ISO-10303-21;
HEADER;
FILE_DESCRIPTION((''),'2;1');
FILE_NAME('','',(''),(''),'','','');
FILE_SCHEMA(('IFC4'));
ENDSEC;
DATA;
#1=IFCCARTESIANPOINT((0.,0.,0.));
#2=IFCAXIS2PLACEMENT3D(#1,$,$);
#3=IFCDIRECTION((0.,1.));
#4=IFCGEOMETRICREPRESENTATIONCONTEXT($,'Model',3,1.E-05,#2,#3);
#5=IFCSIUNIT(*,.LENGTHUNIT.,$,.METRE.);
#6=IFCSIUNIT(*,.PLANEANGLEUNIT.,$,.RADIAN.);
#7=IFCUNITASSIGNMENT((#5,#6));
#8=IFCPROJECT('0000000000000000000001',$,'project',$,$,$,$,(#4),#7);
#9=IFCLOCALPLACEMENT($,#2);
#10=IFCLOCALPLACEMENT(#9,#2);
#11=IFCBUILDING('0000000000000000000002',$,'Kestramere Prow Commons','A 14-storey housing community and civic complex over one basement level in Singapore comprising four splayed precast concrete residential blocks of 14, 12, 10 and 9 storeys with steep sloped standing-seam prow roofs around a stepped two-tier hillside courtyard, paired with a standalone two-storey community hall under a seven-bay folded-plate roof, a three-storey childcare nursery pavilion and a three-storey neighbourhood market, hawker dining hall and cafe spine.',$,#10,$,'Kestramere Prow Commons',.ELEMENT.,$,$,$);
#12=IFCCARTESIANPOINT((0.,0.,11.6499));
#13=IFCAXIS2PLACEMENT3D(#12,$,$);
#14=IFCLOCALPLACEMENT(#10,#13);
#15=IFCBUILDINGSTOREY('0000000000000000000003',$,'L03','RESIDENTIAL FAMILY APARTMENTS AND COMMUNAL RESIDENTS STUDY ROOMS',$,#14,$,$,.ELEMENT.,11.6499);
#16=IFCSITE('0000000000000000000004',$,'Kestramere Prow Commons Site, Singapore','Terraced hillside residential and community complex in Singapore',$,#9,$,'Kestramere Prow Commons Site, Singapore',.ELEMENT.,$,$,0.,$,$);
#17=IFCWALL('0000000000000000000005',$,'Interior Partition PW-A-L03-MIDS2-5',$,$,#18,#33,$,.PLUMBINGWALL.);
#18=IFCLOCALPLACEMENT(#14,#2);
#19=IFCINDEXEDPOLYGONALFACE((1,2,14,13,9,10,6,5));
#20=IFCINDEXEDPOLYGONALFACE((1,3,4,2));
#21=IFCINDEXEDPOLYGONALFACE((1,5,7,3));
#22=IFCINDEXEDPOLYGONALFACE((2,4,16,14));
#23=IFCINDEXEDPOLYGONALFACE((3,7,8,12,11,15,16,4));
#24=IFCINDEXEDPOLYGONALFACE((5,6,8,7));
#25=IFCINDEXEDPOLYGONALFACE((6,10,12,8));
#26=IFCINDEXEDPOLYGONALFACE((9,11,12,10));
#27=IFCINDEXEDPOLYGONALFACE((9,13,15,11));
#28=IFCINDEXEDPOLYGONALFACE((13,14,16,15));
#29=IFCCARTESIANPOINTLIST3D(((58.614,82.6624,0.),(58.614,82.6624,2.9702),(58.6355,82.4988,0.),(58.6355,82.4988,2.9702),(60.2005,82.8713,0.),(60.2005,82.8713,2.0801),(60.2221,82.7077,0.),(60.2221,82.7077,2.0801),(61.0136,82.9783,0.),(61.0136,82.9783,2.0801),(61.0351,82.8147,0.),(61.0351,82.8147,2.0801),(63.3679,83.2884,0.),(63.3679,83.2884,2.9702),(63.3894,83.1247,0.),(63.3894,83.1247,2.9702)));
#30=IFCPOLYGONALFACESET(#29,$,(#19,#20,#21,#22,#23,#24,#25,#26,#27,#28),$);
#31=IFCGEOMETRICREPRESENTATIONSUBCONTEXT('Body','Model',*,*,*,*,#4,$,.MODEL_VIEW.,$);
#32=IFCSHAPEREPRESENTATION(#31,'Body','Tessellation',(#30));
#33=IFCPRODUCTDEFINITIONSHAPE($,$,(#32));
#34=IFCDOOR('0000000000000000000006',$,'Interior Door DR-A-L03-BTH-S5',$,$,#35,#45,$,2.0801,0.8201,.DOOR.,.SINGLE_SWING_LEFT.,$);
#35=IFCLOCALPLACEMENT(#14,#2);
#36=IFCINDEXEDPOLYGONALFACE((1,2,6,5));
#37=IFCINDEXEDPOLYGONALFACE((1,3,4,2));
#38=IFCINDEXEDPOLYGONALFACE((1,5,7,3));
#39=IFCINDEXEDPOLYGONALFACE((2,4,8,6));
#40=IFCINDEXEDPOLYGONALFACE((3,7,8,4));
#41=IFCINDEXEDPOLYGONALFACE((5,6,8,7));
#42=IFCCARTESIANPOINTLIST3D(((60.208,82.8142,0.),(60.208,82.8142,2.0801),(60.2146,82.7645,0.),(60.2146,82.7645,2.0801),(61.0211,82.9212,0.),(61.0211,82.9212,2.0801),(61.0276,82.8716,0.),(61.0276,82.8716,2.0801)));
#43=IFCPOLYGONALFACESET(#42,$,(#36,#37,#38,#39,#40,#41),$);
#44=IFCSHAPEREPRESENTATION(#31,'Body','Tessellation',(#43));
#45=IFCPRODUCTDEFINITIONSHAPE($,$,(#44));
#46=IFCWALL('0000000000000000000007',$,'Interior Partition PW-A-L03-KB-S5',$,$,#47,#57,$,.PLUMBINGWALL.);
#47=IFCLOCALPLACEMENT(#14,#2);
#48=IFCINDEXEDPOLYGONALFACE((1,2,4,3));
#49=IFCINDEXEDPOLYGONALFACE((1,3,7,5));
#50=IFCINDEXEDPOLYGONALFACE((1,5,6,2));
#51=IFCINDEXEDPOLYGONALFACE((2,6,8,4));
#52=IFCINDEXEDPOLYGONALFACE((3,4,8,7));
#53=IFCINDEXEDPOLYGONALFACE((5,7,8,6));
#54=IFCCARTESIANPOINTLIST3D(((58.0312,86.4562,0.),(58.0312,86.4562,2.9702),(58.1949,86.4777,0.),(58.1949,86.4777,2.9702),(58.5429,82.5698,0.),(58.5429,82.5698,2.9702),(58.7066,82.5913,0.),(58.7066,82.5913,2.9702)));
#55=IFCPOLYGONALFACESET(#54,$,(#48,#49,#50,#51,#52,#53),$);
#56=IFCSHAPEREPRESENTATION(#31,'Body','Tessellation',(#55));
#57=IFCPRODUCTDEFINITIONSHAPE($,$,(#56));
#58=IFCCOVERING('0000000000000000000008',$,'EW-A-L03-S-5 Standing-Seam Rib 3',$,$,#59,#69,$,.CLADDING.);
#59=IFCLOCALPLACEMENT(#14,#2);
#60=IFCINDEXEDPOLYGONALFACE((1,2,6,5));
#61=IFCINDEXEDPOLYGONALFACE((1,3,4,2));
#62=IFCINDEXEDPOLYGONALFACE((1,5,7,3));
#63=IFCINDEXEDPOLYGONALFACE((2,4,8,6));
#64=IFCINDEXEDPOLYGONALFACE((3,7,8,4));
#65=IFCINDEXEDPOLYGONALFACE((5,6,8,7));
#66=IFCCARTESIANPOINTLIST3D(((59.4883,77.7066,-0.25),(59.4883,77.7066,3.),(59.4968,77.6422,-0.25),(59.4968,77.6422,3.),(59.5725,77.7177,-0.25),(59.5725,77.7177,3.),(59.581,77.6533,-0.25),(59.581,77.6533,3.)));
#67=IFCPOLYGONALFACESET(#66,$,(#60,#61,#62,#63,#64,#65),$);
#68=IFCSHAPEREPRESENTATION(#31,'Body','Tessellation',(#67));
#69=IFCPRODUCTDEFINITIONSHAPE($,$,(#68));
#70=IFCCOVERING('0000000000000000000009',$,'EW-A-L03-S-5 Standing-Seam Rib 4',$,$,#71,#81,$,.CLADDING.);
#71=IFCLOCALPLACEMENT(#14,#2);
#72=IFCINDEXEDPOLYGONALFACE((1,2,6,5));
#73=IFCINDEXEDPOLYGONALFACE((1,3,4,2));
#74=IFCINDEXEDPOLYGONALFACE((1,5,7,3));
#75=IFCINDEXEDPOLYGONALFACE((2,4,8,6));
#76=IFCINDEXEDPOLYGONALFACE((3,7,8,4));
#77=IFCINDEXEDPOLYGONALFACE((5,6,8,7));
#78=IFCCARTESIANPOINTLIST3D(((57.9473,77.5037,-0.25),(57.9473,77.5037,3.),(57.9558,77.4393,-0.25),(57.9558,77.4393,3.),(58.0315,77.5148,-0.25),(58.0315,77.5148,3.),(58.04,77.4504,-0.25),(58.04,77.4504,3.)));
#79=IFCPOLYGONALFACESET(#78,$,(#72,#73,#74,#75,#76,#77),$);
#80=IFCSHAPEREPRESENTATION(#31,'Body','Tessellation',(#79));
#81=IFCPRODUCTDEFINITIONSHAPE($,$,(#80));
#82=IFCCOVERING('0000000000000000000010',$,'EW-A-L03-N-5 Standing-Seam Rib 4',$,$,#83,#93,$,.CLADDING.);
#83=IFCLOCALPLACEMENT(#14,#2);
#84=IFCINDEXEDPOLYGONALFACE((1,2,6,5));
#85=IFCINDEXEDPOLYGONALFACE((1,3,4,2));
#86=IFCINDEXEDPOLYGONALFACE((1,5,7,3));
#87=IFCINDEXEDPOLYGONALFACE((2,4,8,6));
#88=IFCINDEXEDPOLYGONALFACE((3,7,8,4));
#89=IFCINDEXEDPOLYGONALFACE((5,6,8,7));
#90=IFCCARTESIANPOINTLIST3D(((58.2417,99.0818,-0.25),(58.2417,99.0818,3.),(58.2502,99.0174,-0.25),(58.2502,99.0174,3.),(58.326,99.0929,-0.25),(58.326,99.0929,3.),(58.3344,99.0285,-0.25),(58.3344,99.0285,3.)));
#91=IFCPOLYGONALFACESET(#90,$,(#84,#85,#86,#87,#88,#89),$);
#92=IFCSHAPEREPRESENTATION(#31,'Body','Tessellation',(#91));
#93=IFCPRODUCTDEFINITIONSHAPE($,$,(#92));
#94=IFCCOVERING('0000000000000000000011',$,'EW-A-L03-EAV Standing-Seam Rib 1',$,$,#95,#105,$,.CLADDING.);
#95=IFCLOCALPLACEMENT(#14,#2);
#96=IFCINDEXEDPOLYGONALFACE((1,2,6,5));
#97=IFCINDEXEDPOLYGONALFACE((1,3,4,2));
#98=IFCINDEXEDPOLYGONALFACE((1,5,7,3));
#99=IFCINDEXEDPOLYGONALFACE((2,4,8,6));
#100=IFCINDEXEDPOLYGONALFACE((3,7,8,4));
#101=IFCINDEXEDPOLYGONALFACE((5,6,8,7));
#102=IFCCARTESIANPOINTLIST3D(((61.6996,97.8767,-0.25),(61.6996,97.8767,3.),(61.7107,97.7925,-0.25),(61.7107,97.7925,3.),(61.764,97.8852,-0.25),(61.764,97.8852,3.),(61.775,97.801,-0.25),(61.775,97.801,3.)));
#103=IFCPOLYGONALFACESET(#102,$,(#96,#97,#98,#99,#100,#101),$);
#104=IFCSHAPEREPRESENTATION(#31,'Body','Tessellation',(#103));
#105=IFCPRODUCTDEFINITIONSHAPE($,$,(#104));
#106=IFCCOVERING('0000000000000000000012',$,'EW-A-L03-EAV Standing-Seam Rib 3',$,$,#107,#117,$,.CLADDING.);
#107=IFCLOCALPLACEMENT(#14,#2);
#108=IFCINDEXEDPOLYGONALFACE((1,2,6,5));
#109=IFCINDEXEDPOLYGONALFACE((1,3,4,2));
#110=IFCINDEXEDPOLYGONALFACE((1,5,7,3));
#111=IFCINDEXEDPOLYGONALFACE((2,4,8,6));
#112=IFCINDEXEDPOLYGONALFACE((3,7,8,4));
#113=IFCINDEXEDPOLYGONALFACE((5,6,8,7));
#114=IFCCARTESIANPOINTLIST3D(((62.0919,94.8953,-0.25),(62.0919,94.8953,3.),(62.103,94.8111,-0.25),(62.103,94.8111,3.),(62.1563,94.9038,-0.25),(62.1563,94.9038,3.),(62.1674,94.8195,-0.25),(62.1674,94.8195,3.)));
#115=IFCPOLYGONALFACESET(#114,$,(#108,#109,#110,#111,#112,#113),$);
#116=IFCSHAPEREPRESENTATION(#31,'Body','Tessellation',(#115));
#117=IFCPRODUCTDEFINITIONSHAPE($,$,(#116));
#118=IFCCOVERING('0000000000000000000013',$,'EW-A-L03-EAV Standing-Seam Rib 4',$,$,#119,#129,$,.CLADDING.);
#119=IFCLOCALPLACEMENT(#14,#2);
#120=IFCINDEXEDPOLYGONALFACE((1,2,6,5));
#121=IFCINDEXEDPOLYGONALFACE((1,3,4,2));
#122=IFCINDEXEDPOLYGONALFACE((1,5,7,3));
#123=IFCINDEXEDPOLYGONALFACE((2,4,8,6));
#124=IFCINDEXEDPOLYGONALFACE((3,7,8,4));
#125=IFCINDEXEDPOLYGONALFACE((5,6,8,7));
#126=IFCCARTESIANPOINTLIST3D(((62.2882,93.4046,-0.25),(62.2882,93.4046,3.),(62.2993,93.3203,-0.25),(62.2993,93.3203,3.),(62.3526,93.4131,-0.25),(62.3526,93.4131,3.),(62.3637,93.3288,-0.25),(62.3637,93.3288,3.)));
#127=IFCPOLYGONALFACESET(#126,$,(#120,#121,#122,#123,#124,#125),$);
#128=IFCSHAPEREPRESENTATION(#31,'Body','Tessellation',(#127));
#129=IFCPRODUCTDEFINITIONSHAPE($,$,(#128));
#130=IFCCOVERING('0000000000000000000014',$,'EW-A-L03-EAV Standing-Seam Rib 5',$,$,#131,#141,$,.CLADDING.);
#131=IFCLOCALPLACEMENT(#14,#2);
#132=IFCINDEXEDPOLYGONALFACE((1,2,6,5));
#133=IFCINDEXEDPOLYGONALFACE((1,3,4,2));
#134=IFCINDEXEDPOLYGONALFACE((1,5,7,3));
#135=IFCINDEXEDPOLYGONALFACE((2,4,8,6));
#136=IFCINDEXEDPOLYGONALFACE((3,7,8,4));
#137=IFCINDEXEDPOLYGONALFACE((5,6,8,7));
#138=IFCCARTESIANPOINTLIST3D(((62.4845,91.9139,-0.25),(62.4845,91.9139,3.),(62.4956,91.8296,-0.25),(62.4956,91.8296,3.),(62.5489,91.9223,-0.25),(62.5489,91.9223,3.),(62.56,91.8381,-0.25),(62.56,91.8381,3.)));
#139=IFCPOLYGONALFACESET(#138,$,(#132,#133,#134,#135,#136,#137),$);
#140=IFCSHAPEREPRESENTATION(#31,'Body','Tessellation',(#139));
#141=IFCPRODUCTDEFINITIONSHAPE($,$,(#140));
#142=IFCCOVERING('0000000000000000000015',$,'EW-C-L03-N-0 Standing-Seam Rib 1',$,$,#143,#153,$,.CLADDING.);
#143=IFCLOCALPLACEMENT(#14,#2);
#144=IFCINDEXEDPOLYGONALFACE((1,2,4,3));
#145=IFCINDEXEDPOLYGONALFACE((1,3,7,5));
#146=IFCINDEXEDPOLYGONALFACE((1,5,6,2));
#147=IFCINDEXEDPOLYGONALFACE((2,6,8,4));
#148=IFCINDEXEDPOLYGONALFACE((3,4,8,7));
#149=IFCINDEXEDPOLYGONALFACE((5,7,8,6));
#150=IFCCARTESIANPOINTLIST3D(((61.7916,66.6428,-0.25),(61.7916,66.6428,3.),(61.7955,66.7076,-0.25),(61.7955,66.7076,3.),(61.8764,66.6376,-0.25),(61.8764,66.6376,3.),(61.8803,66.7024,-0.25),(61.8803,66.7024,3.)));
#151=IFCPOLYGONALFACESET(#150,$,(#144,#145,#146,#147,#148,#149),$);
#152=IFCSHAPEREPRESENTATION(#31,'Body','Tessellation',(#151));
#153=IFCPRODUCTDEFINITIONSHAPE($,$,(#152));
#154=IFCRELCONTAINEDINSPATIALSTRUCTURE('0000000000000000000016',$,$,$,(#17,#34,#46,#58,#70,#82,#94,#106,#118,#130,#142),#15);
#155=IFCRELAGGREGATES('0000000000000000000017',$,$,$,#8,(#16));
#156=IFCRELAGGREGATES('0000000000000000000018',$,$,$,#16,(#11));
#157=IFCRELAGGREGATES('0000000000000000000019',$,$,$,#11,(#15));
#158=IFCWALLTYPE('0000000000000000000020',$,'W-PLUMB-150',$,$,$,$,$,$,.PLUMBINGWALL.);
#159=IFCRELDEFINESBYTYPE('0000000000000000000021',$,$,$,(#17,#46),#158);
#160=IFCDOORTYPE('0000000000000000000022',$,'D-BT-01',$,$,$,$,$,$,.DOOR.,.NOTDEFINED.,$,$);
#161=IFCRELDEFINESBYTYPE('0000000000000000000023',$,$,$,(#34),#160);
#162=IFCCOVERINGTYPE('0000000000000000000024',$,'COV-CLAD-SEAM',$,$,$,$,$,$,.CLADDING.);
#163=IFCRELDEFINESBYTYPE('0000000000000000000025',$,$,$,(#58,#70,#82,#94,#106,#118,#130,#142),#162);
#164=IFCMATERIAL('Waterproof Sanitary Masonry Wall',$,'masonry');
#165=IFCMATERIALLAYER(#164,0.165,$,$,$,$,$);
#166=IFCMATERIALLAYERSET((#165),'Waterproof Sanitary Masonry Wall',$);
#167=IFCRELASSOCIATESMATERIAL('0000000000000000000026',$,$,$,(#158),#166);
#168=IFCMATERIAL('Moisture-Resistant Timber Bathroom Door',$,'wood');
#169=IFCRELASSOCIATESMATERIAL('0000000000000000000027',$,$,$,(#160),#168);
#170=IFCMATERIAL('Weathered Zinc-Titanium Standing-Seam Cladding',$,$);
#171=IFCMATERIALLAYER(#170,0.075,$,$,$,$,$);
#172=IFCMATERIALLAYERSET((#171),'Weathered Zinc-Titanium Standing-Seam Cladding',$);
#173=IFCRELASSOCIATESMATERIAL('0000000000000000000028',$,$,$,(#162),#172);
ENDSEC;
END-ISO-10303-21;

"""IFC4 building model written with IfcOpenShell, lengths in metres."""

from ifc_helpers import new_model, si_unit, direction, frame, frame_2d, origin, origin_2d, place, context, subcontext, project, spatial, rectangle, extrude, material, layer, layer_set, type_object, element, fill, save


model = new_model("IFC4")

# Units and contexts
model_context = context("Model", 3, precision=1e-05, world=origin(), true_north=direction((0.0, 1.0)))
body_context = subcontext(model_context, "Body", "Model", "MODEL_VIEW")
ifc_project = project(units=[si_unit("LENGTHUNIT", "METRE"), si_unit("PLANEANGLEUNIT", "RADIAN")], contexts=[model_context])

# Site, building, storey
site_placement = place(None, origin())
site = spatial("IfcSite", under=ifc_project, at=site_placement, Name="Kestramere Prow Commons Site, Singapore", Description="Terraced hillside residential and community complex in Singapore", LongName="Kestramere Prow Commons Site, Singapore", CompositionType="ELEMENT", RefElevation=0.0)
building_placement = place(site_placement, origin())
building = spatial("IfcBuilding", under=site, at=building_placement, Name="Kestramere Prow Commons", Description="A 14-storey housing community and civic complex over one basement level in Singapore comprising four splayed precast concrete residential blocks of 14, 12, 10 and 9 storeys with steep sloped standing-seam prow roofs around a stepped two-tier hillside courtyard, paired with a standalone two-storey community hall under a seven-bay folded-plate roof, a three-storey childcare nursery pavilion and a three-storey neighbourhood market, hawker dining hall and cafe spine.", LongName="Kestramere Prow Commons", CompositionType="ELEMENT")
storey_placement = place(building_placement, frame((0.0, 0.0, 11.6499)))
storey = spatial("IfcBuildingStorey", under=building, at=storey_placement, Name="L03", Description="RESIDENTIAL FAMILY APARTMENTS AND COMMUNAL RESIDENTS STUDY ROOMS", CompositionType="ELEMENT", Elevation=11.6499)

# Wall, opening, door
ifc_material_1 = material(Name="Waterproof Sanitary Masonry Wall", Category="masonry")
ifc_layer_1 = layer(ifc_material_1, 0.165)
ifc_layer_set_1 = layer_set([ifc_layer_1], Name="Waterproof Sanitary Masonry Wall")
wall_type_1 = type_object("IfcWallType", Name="W-PLUMB-150", PredefinedType="PLUMBINGWALL", material=ifc_layer_set_1)
wall_1_placement = place(storey_placement, frame((58.6248, 82.5806, 0.0), z_axis=(0.0, 0.0, 1.0), x_axis=(0.991442, 0.130549, 0.0)))
wall_1 = element("IfcWall", 1, at=wall_1_placement, inside=storey, type_object=wall_type_1, Name="Interior Partition PW-A-L03-MIDS2-5", PredefinedType="PLUMBINGWALL", context=body_context, shape_type="SweptSolid", body=[
    extrude(rectangle(XDim=4.7949, YDim=0.165, at=frame_2d((2.3975, 0.0))), origin(), (0.0, 0.0, 1.0), 2.9702),
])
opening_1_placement = place(wall_1_placement, frame((1.6001, 0.0, 0.0)))
opening_1 = element("IfcOpeningElement", 2, at=opening_1_placement, cuts=wall_1, PredefinedType="OPENING", context=body_context, shape_type="SweptSolid", body=[
    extrude(rectangle(XDim=0.8201, YDim=2.0801, at=frame_2d((0.4102, 1.04))), frame((0.0, 0.0974, 0.0), z_axis=(0.0, -1.0, 0.0), x_axis=(1.0, 0.0, 0.0)), (0.0, 0.0, 1.0), 0.1951),
])
ifc_material_2 = material(Name="Moisture-Resistant Timber Bathroom Door", Category="wood")
door_type_1 = type_object("IfcDoorType", Name="D-BT-01", OperationType="NOTDEFINED", PredefinedType="DOOR", material=ifc_material_2)
door_1_placement = place(opening_1_placement, origin())
door_1 = element("IfcDoor", 3, at=door_1_placement, inside=storey, type_object=door_type_1, Name="Interior Door DR-A-L03-BTH-S5", OperationType="SINGLE_SWING_LEFT", OverallHeight=2.0801, OverallWidth=0.8201, PredefinedType="DOOR", context=body_context, shape_type="SweptSolid", body=[
    extrude(rectangle(XDim=0.8201, YDim=2.0801, at=frame_2d((0.4102, 1.04))), frame((0.0, 0.0249, 0.0), z_axis=(0.0, -1.0, 0.0), x_axis=(1.0, 0.0, 0.0)), (0.0, 0.0, 1.0), 0.05),
])
fill(opening_1, door_1)

# Wall
wall_2_placement = place(storey_placement, frame((58.6248, 82.5806, 0.0), z_axis=(0.0, 0.0, 1.0), x_axis=(-0.13054, 0.991443, 0.0)))
element("IfcWall", 4, at=wall_2_placement, inside=storey, type_object=wall_type_1, Name="Interior Partition PW-A-L03-KB-S5", PredefinedType="PLUMBINGWALL", context=body_context, shape_type="SweptSolid", body=[
    extrude(rectangle(XDim=3.9199, YDim=0.165, at=frame_2d((1.96, 0.0))), origin(), (0.0, 0.0, 1.0), 2.9702),
])

# Coverings
ifc_material_3 = material(Name="Weathered Zinc-Titanium Standing-Seam Cladding")
ifc_layer_2 = layer(ifc_material_3, 0.075)
ifc_layer_set_2 = layer_set([ifc_layer_2], Name="Weathered Zinc-Titanium Standing-Seam Cladding")
covering_type = type_object("IfcCoveringType", Name="COV-CLAD-SEAM", PredefinedType="CLADDING", material=ifc_layer_set_2)
for number, where, z_axis, x_axis, name in (
    (5, (59.5347, 77.6799, -0.25), (0.0, 0.0, 1.0), (-0.991445, -0.130526, 0.0), "EW-A-L03-S-5 Standing-Seam Rib 3"),
    (6, (57.9937, 77.4771, -0.25), (0.0, 0.0, 1.0), (-0.991445, -0.130526, 0.0), "EW-A-L03-S-5 Standing-Seam Rib 4"),
    (7, (58.2881, 99.0552, -0.25), (0.0, 0.0, 1.0), (0.991445, 0.130526, 0.0), "EW-A-L03-N-5 Standing-Seam Rib 4"),
    (8, (61.7373, 97.8389, -0.25), (0.0, 0.0, 1.0), (0.130526, -0.991445, 0.0), "EW-A-L03-EAV Standing-Seam Rib 1"),
    (9, (62.1296, 94.8574, -0.25), (0.0, 0.0, 1.0), (0.130526, -0.991445, 0.0), "EW-A-L03-EAV Standing-Seam Rib 3"),
    (10, (62.3259, 93.3667, -0.25), (0.0, 0.0, 1.0), (0.130526, -0.991445, 0.0), "EW-A-L03-EAV Standing-Seam Rib 4"),
    (11, (62.5222, 91.876, -0.25), (0.0, 0.0, 1.0), (0.130526, -0.991445, 0.0), "EW-A-L03-EAV Standing-Seam Rib 5"),
    (12, (61.8359, 66.6726, -0.25), (0.0, 0.0, 1.0), (0.998135, -0.061049, 0.0), "EW-C-L03-N-0 Standing-Seam Rib 1"),
):
    element("IfcCovering", number, at=place(storey_placement, frame(where, z_axis=z_axis, x_axis=x_axis)), inside=storey, type_object=covering_type, Name=name, PredefinedType="CLADDING", context=body_context, shape_type="SweptSolid", body=[
        extrude(rectangle(XDim=0.085, YDim=0.0649, at=origin_2d()), origin(), (0.0, 0.0, 1.0), 3.25),
    ])

save(model, "model.ifc")
